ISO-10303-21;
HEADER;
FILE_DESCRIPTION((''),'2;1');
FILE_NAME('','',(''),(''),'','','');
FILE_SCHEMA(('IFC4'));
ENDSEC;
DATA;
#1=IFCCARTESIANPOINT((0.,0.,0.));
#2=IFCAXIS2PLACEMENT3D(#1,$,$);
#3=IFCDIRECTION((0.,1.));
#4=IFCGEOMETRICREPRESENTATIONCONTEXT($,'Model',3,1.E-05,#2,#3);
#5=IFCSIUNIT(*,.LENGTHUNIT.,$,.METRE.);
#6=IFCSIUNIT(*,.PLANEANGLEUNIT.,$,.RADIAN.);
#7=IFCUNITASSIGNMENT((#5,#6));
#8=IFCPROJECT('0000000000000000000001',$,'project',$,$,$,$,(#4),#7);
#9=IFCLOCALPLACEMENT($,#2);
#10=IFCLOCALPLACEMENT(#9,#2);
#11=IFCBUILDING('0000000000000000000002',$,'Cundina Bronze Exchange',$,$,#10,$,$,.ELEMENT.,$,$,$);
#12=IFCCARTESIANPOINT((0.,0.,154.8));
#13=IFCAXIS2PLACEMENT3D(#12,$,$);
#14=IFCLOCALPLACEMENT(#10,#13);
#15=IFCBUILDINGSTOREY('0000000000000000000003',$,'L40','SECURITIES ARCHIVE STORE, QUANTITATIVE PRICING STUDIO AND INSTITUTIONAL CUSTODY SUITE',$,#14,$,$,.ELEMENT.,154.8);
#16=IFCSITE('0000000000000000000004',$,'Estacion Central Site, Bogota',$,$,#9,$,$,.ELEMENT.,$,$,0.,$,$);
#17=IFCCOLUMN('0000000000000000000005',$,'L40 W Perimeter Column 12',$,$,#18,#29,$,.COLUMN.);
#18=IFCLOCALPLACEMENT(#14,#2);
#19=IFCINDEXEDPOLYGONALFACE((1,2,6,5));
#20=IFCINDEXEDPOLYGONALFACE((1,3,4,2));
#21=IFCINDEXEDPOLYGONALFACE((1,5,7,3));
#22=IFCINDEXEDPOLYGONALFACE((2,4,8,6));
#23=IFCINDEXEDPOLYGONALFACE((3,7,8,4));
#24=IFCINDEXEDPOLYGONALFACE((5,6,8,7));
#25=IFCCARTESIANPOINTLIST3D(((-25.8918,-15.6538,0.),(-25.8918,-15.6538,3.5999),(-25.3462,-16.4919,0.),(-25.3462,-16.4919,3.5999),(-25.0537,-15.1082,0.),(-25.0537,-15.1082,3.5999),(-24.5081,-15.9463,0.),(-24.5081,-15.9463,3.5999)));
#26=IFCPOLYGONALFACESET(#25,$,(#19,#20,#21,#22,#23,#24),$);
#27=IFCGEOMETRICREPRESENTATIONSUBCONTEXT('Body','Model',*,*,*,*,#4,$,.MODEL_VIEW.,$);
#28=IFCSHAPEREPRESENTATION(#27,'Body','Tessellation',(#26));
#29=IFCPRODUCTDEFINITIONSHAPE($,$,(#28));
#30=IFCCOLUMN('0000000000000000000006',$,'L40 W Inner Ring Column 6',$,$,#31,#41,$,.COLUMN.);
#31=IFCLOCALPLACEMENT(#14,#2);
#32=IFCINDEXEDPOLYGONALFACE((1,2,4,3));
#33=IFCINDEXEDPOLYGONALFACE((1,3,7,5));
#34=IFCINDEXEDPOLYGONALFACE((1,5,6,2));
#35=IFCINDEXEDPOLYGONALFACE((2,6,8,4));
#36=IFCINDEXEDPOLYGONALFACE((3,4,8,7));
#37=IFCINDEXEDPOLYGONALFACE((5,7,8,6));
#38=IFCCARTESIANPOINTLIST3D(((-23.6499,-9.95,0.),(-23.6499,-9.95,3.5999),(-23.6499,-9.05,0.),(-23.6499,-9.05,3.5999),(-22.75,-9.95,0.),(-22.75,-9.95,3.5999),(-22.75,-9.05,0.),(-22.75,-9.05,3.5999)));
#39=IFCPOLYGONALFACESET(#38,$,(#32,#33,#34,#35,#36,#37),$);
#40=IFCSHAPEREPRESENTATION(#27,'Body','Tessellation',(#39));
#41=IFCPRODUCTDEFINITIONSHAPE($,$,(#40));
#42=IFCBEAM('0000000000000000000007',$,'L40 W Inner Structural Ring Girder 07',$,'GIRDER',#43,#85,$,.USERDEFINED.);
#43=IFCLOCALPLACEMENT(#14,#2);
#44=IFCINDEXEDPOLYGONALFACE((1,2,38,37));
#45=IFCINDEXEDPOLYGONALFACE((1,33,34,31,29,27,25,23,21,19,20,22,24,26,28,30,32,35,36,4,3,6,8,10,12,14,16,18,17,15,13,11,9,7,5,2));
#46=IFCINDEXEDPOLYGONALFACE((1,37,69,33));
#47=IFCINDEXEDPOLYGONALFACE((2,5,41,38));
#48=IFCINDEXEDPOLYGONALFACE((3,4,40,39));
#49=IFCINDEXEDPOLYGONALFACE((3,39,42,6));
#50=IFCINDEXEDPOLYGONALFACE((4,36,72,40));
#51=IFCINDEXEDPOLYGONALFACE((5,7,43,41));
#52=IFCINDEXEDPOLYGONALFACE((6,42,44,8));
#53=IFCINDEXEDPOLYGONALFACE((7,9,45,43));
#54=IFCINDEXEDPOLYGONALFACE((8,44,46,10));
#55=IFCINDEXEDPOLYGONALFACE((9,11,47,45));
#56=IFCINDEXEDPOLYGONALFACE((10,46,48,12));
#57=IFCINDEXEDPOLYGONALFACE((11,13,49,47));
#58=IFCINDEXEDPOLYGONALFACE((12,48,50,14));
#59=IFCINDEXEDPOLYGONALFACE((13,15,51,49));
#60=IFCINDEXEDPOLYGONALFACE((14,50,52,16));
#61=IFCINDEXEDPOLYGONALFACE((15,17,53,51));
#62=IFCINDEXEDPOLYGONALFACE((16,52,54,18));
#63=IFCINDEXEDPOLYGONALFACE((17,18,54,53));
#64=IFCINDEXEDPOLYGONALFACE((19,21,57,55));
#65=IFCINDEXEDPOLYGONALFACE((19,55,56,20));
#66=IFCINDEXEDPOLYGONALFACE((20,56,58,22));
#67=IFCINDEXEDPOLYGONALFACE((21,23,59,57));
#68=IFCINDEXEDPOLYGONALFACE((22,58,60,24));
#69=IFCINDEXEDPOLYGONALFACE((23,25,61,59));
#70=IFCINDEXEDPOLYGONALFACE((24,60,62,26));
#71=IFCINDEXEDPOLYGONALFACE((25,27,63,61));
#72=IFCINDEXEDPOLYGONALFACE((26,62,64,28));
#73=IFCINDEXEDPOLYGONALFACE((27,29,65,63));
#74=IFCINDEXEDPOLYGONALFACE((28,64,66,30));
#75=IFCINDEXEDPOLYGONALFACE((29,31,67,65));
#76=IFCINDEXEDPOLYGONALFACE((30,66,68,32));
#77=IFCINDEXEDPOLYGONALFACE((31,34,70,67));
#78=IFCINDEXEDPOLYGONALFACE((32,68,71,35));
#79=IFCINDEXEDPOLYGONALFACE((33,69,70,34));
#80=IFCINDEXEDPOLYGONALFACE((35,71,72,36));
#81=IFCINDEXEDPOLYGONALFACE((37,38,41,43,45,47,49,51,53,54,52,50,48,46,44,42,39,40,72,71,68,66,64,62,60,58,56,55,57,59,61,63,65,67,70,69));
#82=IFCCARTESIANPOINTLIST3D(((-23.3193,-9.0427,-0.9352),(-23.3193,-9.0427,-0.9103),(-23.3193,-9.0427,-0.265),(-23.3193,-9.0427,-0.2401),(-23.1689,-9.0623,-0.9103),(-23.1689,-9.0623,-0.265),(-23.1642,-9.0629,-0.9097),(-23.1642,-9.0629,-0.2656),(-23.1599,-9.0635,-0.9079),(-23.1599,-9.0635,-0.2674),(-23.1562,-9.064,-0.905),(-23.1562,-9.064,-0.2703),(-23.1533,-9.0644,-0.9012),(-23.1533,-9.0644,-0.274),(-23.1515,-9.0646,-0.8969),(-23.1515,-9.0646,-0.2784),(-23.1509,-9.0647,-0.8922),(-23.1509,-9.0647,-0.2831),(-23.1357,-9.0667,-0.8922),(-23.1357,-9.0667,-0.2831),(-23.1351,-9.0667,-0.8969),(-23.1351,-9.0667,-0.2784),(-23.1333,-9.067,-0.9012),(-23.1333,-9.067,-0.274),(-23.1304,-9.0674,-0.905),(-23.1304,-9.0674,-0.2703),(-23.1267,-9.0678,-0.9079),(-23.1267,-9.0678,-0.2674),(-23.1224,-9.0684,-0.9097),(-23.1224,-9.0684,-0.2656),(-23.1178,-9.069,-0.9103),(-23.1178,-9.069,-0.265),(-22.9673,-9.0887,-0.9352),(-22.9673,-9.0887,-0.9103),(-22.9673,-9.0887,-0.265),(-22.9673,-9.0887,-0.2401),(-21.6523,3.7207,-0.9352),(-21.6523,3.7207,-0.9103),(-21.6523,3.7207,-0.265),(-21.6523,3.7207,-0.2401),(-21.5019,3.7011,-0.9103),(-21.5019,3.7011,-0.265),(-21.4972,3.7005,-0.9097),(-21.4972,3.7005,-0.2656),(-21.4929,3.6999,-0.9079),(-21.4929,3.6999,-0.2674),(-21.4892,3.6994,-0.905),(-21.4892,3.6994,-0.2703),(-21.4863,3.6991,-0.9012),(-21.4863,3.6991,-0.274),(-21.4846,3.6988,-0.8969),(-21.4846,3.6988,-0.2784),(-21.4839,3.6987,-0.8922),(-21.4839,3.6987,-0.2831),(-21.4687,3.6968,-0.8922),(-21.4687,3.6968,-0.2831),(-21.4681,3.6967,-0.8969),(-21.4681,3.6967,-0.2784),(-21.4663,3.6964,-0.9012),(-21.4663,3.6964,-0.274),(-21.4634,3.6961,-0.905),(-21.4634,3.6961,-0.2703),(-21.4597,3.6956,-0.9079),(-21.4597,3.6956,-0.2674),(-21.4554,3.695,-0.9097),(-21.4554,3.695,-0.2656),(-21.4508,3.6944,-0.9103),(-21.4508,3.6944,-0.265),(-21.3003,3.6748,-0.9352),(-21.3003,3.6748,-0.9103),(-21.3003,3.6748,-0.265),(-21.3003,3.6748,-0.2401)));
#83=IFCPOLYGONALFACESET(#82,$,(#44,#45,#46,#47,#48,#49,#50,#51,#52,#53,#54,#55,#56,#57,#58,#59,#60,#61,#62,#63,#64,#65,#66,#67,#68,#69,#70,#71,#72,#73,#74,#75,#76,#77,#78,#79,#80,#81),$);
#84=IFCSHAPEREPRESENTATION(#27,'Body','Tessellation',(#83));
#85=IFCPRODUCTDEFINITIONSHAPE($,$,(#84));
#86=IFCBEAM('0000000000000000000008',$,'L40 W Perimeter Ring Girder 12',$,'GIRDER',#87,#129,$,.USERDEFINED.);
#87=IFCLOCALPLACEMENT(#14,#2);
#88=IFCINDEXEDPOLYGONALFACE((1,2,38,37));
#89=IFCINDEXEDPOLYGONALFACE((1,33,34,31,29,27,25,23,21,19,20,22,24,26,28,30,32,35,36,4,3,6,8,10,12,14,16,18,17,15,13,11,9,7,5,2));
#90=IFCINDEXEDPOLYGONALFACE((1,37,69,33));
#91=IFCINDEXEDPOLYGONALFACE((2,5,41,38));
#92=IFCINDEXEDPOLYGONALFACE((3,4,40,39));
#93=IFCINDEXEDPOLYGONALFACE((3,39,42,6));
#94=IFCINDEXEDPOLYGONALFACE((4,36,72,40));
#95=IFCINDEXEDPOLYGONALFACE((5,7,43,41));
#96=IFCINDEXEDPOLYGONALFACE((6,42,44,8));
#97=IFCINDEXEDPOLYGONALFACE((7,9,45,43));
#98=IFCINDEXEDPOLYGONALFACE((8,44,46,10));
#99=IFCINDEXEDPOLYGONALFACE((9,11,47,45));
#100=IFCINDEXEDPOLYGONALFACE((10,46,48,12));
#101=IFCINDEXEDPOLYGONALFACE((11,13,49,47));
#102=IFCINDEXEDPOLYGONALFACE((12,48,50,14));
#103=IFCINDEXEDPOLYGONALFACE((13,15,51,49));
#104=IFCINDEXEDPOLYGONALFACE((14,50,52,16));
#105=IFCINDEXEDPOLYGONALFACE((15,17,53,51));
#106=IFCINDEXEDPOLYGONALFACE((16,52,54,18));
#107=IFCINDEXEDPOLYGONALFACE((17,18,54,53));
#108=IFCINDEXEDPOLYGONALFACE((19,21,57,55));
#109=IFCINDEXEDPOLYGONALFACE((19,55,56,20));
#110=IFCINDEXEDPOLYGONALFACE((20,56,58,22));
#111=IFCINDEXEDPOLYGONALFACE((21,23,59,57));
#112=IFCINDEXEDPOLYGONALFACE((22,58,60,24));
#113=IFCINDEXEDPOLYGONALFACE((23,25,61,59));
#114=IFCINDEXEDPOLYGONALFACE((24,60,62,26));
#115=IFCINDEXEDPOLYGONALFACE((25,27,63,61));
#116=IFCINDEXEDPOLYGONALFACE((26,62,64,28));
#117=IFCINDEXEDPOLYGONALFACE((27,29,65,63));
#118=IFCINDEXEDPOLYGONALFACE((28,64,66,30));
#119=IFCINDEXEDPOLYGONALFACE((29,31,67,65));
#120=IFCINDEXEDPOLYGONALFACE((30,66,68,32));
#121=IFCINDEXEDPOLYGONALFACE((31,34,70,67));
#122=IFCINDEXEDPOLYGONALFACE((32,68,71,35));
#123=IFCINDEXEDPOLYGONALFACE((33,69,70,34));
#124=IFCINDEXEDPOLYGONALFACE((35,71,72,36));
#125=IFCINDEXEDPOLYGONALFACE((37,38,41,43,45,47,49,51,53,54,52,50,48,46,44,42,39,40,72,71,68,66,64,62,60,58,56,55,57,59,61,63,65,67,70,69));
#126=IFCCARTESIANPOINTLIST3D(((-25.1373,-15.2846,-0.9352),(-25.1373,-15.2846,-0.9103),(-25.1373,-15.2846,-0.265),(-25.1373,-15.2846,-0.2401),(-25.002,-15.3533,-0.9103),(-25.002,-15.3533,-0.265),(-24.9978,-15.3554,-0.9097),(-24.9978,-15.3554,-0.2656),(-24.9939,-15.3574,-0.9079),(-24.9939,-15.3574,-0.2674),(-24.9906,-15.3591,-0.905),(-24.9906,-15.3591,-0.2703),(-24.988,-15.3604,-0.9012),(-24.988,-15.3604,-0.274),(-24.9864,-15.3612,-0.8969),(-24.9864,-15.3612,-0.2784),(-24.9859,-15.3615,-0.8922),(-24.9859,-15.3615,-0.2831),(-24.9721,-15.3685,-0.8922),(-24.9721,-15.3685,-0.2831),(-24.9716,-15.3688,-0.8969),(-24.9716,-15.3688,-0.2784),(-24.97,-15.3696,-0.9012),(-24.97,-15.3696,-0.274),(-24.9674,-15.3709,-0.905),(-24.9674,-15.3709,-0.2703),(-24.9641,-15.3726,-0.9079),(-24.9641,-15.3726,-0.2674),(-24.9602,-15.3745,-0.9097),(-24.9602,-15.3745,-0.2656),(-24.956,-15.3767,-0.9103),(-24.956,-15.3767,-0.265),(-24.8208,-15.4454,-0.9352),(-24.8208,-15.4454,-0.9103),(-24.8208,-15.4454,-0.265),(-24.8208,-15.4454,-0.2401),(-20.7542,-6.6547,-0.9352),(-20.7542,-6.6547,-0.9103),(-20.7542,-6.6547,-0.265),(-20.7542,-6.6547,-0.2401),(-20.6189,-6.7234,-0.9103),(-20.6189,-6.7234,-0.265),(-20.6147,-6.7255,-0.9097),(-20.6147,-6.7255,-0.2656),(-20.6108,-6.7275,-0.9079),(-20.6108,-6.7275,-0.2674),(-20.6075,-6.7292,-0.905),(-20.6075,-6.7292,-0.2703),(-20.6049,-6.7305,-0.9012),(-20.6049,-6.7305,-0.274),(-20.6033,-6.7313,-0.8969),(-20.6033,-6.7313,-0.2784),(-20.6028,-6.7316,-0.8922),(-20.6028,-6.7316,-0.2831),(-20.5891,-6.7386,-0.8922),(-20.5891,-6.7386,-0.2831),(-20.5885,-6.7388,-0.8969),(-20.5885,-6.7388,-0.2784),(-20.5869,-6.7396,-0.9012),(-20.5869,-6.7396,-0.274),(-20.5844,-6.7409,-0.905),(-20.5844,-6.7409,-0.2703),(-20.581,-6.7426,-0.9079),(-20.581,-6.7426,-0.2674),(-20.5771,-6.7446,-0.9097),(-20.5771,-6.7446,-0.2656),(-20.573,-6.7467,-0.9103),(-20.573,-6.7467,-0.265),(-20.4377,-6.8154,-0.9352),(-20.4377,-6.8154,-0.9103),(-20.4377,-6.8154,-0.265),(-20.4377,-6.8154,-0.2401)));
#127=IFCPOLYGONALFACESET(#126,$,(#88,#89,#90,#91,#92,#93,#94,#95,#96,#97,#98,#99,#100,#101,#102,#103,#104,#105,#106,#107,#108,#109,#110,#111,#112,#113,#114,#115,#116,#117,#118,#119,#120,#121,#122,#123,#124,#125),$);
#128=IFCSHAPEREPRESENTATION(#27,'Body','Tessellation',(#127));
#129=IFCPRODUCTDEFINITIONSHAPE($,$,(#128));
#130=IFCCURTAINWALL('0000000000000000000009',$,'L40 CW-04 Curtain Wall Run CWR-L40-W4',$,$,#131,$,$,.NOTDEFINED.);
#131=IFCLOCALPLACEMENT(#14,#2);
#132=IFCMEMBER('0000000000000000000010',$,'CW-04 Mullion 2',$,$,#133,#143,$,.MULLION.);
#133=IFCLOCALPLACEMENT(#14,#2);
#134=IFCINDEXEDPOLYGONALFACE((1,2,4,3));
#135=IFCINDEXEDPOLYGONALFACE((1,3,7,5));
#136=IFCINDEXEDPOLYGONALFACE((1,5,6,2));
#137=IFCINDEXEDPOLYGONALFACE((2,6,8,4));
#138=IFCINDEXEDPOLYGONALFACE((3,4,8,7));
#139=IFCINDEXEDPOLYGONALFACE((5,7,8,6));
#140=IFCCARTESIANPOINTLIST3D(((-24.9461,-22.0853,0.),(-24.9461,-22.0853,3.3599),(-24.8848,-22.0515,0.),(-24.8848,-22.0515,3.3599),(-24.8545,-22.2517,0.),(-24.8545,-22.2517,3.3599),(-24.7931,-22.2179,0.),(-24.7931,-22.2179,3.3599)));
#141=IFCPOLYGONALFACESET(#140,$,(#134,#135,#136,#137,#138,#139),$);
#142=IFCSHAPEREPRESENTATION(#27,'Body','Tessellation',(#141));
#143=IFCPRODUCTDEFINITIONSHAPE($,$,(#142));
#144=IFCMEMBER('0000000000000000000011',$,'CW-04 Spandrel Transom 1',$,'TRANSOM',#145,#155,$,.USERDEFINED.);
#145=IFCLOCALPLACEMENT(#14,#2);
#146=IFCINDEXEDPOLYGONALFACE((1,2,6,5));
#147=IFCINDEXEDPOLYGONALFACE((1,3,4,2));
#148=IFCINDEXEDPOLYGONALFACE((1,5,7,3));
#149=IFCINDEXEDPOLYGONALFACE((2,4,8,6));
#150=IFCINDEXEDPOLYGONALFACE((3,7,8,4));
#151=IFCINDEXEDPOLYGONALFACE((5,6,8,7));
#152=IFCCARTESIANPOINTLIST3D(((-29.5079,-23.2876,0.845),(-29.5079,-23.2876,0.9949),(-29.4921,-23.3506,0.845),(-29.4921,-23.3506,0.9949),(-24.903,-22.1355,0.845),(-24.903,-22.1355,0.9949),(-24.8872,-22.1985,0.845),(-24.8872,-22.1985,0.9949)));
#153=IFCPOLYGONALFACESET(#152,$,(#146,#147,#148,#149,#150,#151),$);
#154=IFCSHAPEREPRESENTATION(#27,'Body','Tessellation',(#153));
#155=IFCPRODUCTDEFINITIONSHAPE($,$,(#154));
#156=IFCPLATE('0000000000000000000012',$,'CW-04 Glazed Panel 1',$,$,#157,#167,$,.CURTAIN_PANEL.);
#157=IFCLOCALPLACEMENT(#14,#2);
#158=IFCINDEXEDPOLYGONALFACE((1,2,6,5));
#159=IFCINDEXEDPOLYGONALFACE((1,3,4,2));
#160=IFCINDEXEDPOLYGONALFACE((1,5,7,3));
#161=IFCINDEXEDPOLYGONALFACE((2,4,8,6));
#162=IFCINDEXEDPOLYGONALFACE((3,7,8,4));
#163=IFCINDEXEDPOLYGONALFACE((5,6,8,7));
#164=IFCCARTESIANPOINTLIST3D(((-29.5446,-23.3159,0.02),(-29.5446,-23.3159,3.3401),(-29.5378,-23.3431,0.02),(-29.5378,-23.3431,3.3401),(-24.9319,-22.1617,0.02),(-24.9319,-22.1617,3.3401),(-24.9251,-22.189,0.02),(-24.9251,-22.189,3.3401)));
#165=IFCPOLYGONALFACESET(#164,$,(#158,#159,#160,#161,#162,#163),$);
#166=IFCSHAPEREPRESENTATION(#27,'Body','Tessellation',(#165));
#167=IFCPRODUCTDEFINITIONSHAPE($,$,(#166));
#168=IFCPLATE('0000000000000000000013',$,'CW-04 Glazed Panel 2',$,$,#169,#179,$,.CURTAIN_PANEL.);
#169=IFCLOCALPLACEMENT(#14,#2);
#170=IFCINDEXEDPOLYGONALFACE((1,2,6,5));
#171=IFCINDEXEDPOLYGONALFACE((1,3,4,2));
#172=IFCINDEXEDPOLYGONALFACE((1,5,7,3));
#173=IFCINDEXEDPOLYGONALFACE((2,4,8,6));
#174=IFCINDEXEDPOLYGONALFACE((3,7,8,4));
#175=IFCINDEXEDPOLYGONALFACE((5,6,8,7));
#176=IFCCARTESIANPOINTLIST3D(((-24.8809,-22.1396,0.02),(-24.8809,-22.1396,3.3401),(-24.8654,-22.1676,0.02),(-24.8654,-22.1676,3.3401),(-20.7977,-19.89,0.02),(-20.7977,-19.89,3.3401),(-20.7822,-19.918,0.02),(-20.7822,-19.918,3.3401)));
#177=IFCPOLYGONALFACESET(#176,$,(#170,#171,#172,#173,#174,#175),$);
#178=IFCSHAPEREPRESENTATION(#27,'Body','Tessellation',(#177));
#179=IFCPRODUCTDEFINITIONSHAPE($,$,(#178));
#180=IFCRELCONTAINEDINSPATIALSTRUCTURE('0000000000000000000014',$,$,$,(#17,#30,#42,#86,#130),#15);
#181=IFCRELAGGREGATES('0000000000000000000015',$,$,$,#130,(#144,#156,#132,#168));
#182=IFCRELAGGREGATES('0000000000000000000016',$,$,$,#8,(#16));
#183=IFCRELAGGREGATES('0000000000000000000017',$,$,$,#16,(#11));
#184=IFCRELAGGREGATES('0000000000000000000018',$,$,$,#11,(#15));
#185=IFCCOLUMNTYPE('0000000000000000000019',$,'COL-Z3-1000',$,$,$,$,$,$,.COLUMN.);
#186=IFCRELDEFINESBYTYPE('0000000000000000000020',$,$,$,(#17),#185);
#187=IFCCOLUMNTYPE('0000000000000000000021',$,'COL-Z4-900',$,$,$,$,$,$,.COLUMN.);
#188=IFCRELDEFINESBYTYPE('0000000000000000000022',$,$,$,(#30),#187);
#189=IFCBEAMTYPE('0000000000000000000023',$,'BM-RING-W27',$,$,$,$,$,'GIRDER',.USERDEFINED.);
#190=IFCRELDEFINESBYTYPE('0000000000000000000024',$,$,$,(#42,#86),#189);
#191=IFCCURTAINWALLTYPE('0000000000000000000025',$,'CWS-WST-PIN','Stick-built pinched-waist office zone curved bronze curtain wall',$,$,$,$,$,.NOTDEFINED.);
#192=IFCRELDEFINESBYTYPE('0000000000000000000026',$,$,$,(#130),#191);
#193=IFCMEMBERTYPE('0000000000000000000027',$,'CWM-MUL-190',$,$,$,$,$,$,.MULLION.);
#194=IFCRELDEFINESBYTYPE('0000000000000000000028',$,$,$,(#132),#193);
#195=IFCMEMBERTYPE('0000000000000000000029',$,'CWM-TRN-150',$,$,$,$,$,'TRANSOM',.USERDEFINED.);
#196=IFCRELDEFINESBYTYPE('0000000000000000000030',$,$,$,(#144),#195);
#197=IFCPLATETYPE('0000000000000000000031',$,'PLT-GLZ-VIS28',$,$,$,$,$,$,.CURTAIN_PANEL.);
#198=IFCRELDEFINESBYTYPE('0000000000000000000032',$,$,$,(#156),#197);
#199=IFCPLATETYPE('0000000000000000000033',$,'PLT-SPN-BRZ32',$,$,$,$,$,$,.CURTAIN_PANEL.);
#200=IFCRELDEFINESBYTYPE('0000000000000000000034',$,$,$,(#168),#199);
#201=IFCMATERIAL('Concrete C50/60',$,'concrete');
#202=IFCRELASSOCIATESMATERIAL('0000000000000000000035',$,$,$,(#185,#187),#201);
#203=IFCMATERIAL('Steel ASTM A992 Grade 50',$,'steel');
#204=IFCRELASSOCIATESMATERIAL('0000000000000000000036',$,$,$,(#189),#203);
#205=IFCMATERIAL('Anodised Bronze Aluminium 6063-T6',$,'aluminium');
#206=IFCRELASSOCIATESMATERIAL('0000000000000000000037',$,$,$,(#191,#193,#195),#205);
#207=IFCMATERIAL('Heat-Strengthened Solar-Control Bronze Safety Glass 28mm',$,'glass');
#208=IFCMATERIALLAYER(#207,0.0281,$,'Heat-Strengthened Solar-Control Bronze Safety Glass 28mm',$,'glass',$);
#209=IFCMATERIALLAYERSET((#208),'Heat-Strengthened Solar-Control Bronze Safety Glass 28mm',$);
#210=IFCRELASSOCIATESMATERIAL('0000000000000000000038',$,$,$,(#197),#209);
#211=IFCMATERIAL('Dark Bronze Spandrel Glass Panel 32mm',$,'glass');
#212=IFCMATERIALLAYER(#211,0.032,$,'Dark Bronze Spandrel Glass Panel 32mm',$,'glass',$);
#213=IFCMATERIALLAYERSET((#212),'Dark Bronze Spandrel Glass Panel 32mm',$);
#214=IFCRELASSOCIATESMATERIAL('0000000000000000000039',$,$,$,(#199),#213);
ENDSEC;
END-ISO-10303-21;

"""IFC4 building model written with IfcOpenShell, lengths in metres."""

from ifc_helpers import new_model, si_unit, direction, frame, origin, origin_2d, place, context, subcontext, project, spatial, rectangle, i_section, extrude, material, layer, layer_set, material_profile, profile_set, type_object, element, aggregate, save


model = new_model("IFC4")

# Units and contexts
model_context = context("Model", 3, precision=1e-05, world=origin(), true_north=direction((0.0, 1.0)))
body_context = subcontext(model_context, "Body", "Model", "MODEL_VIEW")
ifc_project = project(units=[si_unit("LENGTHUNIT", "METRE"), si_unit("PLANEANGLEUNIT", "RADIAN")], contexts=[model_context])

# Site, building, storey
site_placement = place(None, origin())
site = spatial("IfcSite", under=ifc_project, at=site_placement, Name="Estacion Central Site, Bogota", CompositionType="ELEMENT", RefElevation=0.0)
building_placement = place(site_placement, origin())
building = spatial("IfcBuilding", under=site, at=building_placement, Name="Cundina Bronze Exchange", CompositionType="ELEMENT")
storey_placement = place(building_placement, frame((0.0, 0.0, 154.8)))
storey = spatial("IfcBuildingStorey", under=building, at=storey_placement, Name="L40", Description="SECURITIES ARCHIVE STORE, QUANTITATIVE PRICING STUDIO AND INSTITUTIONAL CUSTODY SUITE", CompositionType="ELEMENT", Elevation=154.8)

# Columns
ifc_material_1 = material(Name="Concrete C50/60", Category="concrete")
ifc_material_profile_1 = material_profile(ifc_material_1, rectangle(XDim=1.0, YDim=1.0, at=origin_2d()), Name="RC1000X1000", Category="concrete")
ifc_profile_set_1 = profile_set([ifc_material_profile_1], Name="Concrete C50/60")
column_type_1 = type_object("IfcColumnType", Name="COL-Z3-1000", PredefinedType="COLUMN", material=ifc_profile_set_1)
column_1_placement = place(storey_placement, frame((-25.2, -15.8, 0.0), z_axis=(0.0, 0.0, 1.0), x_axis=(0.8381, 0.545517, 0.0)))
element("IfcColumn", 1, at=column_1_placement, inside=storey, type_object=column_type_1, Name="L40 W Perimeter Column 12", PredefinedType="COLUMN", context=body_context, shape_type="SweptSolid", body=[
    extrude(rectangle(XDim=1.0, YDim=1.0, at=origin_2d()), origin(), (0.0, 0.0, 1.0), 3.5999),
])
ifc_material_profile_2 = material_profile(ifc_material_1, rectangle(XDim=0.8999, YDim=0.8999, at=origin_2d()), Name="RC900X900", Category="concrete")
ifc_profile_set_2 = profile_set([ifc_material_profile_2], Name="Concrete C50/60")
column_type_2 = type_object("IfcColumnType", Name="COL-Z4-900", PredefinedType="COLUMN", material=ifc_profile_set_2)
column_2_placement = place(storey_placement, frame((-23.2, -9.5, 0.0), z_axis=(0.0, 0.0, 1.0), x_axis=(1.0, 0.0, 0.0)))
element("IfcColumn", 2, at=column_2_placement, inside=storey, type_object=column_type_2, Name="L40 W Inner Ring Column 6", PredefinedType="COLUMN", context=body_context, shape_type="SweptSolid", body=[
    extrude(rectangle(XDim=0.8999, YDim=0.8999, at=origin_2d()), origin(), (0.0, 0.0, 1.0), 3.5999),
])

# Beams
ifc_material_2 = material(Name="Steel ASTM A992 Grade 50", Category="steel")
ifc_material_profile_3 = material_profile(ifc_material_2, i_section(OverallWidth=0.355, OverallDepth=0.6951, WebThickness=0.0154, FlangeThickness=0.0249, FilletRadius=0.0181, at=origin_2d()), Name="W27X146", Category="steel")
ifc_profile_set_3 = profile_set([ifc_material_profile_3], Name="Steel ASTM A992 Grade 50")
beam_type = type_object("IfcBeamType", Name="BM-RING-W27", ElementType="GIRDER", PredefinedType="USERDEFINED", material=ifc_profile_set_3)
beam_1_placement = place(storey_placement, frame((-23.1433, -9.0657, -0.5876), z_axis=(0.129507, 0.991579, 0.0), x_axis=(-0.991579, 0.129507, 0.0)))
element("IfcBeam", 3, at=beam_1_placement, inside=storey, type_object=beam_type, Name="L40 W Inner Structural Ring Girder 07", ObjectType="GIRDER", PredefinedType="USERDEFINED", context=body_context, shape_type="SweptSolid", body=[
    extrude(i_section(OverallWidth=0.355, OverallDepth=0.6951, WebThickness=0.0154, FlangeThickness=0.0249, FilletRadius=0.0181, at=origin_2d()), origin(), (0.0, 0.0, 1.0), 12.8718),
])
beam_2_placement = place(storey_placement, frame((-24.979, -15.365, -0.5876), z_axis=(0.452835, 0.891595, 0.0), x_axis=(-0.891595, 0.452835, 0.0)))
element("IfcBeam", 4, at=beam_2_placement, inside=storey, type_object=beam_type, Name="L40 W Perimeter Ring Girder 12", ObjectType="GIRDER", PredefinedType="USERDEFINED", context=body_context, shape_type="SweptSolid", body=[
    extrude(i_section(OverallWidth=0.355, OverallDepth=0.6951, WebThickness=0.0154, FlangeThickness=0.0249, FilletRadius=0.0181, at=origin_2d()), origin(), (0.0, 0.0, 1.0), 9.6792),
])

# Curtain wall, members, plates
ifc_material_3 = material(Name="Anodised Bronze Aluminium 6063-T6", Category="aluminium")
curtain_wall_type = type_object("IfcCurtainWallType", Name="CWS-WST-PIN", Description="Stick-built pinched-waist office zone curved bronze curtain wall", PredefinedType="NOTDEFINED", material=ifc_material_3)
curtain_wall_placement = place(storey_placement, origin())
curtain_wall = element("IfcCurtainWall", 5, at=curtain_wall_placement, inside=storey, type_object=curtain_wall_type, Name="L40 CW-04 Curtain Wall Run CWR-L40-W4", PredefinedType="NOTDEFINED")
ifc_material_profile_4 = material_profile(ifc_material_3, rectangle(XDim=0.0701, YDim=0.1899, at=origin_2d()), Name="AL70X190", Category="aluminium")
ifc_profile_set_4 = profile_set([ifc_material_profile_4], Name="Anodised Bronze Aluminium 6063-T6")
member_type_1 = type_object("IfcMemberType", Name="CWM-MUL-190", PredefinedType="MULLION", material=ifc_profile_set_4)
member_1_placement = place(storey_placement, frame((-24.8696, -22.1516, 0.0), z_axis=(0.0, 0.0, 1.0), x_axis=(0.875886, 0.482518, 0.0)))
member_1 = element("IfcMember", 6, at=member_1_placement, type_object=member_type_1, Name="CW-04 Mullion 2", PredefinedType="MULLION", context=body_context, shape_type="SweptSolid", body=[
    extrude(rectangle(XDim=0.0701, YDim=0.1899, at=origin_2d()), origin(), (0.0, 0.0, 1.0), 3.3599),
])
ifc_material_profile_5 = material_profile(ifc_material_3, rectangle(XDim=0.0649, YDim=0.1499, at=origin_2d()), Name="AL65X150", Category="aluminium")
ifc_profile_set_5 = profile_set([ifc_material_profile_5], Name="Anodised Bronze Aluminium 6063-T6")
member_type_2 = type_object("IfcMemberType", Name="CWM-TRN-150", ElementType="TRANSOM", PredefinedType="USERDEFINED", material=ifc_profile_set_5)
member_2_placement = place(storey_placement, frame((-29.5, -23.3191, 0.9199), z_axis=(0.9701, 0.242705, 0.0), x_axis=(-0.242705, 0.9701, 0.0)))
member_2 = element("IfcMember", 7, at=member_2_placement, type_object=member_type_2, Name="CW-04 Spandrel Transom 1", ObjectType="TRANSOM", PredefinedType="USERDEFINED", context=body_context, shape_type="SweptSolid", body=[
    extrude(rectangle(XDim=0.0649, YDim=0.1499, at=origin_2d()), origin(), (0.0, 0.0, 1.0), 4.7468),
])
ifc_material_4 = material(Name="Heat-Strengthened Solar-Control Bronze Safety Glass 28mm", Category="glass")
ifc_layer_1 = layer(ifc_material_4, 0.0281, Name="Heat-Strengthened Solar-Control Bronze Safety Glass 28mm", Category="glass")
ifc_layer_set_1 = layer_set([ifc_layer_1], Name="Heat-Strengthened Solar-Control Bronze Safety Glass 28mm")
plate_type_1 = type_object("IfcPlateType", Name="PLT-GLZ-VIS28", PredefinedType="CURTAIN_PANEL", material=ifc_layer_set_1)
plate_1_placement = place(storey_placement, frame((-27.2349, -22.7524, 0.02), z_axis=(0.0, 0.0, 1.0), x_axis=(0.970093, 0.242735, 0.0)))
plate_1 = element("IfcPlate", 8, at=plate_1_placement, type_object=plate_type_1, Name="CW-04 Glazed Panel 1", PredefinedType="CURTAIN_PANEL", context=body_context, shape_type="SweptSolid", body=[
    extrude(rectangle(XDim=4.7549, YDim=0.0281, at=origin_2d()), origin(), (0.0, 0.0, 1.0), 3.3201),
])
ifc_material_5 = material(Name="Dark Bronze Spandrel Glass Panel 32mm", Category="glass")
ifc_layer_2 = layer(ifc_material_5, 0.032, Name="Dark Bronze Spandrel Glass Panel 32mm", Category="glass")
ifc_layer_set_2 = layer_set([ifc_layer_2], Name="Dark Bronze Spandrel Glass Panel 32mm")
plate_type_2 = type_object("IfcPlateType", Name="PLT-SPN-BRZ32", PredefinedType="CURTAIN_PANEL", material=ifc_layer_set_2)
plate_2_placement = place(storey_placement, frame((-22.8315, -21.0288, 0.02), z_axis=(0.0, 0.0, 1.0), x_axis=(0.875869, 0.482549, 0.0)))
plate_2 = element("IfcPlate", 9, at=plate_2_placement, type_object=plate_type_2, Name="CW-04 Glazed Panel 2", PredefinedType="CURTAIN_PANEL", context=body_context, shape_type="SweptSolid", body=[
    extrude(rectangle(XDim=4.6619, YDim=0.032, at=origin_2d()), origin(), (0.0, 0.0, 1.0), 3.3201),
])
aggregate(curtain_wall, [member_2, plate_1, member_1, plate_2])

save(model, "model.ifc")
